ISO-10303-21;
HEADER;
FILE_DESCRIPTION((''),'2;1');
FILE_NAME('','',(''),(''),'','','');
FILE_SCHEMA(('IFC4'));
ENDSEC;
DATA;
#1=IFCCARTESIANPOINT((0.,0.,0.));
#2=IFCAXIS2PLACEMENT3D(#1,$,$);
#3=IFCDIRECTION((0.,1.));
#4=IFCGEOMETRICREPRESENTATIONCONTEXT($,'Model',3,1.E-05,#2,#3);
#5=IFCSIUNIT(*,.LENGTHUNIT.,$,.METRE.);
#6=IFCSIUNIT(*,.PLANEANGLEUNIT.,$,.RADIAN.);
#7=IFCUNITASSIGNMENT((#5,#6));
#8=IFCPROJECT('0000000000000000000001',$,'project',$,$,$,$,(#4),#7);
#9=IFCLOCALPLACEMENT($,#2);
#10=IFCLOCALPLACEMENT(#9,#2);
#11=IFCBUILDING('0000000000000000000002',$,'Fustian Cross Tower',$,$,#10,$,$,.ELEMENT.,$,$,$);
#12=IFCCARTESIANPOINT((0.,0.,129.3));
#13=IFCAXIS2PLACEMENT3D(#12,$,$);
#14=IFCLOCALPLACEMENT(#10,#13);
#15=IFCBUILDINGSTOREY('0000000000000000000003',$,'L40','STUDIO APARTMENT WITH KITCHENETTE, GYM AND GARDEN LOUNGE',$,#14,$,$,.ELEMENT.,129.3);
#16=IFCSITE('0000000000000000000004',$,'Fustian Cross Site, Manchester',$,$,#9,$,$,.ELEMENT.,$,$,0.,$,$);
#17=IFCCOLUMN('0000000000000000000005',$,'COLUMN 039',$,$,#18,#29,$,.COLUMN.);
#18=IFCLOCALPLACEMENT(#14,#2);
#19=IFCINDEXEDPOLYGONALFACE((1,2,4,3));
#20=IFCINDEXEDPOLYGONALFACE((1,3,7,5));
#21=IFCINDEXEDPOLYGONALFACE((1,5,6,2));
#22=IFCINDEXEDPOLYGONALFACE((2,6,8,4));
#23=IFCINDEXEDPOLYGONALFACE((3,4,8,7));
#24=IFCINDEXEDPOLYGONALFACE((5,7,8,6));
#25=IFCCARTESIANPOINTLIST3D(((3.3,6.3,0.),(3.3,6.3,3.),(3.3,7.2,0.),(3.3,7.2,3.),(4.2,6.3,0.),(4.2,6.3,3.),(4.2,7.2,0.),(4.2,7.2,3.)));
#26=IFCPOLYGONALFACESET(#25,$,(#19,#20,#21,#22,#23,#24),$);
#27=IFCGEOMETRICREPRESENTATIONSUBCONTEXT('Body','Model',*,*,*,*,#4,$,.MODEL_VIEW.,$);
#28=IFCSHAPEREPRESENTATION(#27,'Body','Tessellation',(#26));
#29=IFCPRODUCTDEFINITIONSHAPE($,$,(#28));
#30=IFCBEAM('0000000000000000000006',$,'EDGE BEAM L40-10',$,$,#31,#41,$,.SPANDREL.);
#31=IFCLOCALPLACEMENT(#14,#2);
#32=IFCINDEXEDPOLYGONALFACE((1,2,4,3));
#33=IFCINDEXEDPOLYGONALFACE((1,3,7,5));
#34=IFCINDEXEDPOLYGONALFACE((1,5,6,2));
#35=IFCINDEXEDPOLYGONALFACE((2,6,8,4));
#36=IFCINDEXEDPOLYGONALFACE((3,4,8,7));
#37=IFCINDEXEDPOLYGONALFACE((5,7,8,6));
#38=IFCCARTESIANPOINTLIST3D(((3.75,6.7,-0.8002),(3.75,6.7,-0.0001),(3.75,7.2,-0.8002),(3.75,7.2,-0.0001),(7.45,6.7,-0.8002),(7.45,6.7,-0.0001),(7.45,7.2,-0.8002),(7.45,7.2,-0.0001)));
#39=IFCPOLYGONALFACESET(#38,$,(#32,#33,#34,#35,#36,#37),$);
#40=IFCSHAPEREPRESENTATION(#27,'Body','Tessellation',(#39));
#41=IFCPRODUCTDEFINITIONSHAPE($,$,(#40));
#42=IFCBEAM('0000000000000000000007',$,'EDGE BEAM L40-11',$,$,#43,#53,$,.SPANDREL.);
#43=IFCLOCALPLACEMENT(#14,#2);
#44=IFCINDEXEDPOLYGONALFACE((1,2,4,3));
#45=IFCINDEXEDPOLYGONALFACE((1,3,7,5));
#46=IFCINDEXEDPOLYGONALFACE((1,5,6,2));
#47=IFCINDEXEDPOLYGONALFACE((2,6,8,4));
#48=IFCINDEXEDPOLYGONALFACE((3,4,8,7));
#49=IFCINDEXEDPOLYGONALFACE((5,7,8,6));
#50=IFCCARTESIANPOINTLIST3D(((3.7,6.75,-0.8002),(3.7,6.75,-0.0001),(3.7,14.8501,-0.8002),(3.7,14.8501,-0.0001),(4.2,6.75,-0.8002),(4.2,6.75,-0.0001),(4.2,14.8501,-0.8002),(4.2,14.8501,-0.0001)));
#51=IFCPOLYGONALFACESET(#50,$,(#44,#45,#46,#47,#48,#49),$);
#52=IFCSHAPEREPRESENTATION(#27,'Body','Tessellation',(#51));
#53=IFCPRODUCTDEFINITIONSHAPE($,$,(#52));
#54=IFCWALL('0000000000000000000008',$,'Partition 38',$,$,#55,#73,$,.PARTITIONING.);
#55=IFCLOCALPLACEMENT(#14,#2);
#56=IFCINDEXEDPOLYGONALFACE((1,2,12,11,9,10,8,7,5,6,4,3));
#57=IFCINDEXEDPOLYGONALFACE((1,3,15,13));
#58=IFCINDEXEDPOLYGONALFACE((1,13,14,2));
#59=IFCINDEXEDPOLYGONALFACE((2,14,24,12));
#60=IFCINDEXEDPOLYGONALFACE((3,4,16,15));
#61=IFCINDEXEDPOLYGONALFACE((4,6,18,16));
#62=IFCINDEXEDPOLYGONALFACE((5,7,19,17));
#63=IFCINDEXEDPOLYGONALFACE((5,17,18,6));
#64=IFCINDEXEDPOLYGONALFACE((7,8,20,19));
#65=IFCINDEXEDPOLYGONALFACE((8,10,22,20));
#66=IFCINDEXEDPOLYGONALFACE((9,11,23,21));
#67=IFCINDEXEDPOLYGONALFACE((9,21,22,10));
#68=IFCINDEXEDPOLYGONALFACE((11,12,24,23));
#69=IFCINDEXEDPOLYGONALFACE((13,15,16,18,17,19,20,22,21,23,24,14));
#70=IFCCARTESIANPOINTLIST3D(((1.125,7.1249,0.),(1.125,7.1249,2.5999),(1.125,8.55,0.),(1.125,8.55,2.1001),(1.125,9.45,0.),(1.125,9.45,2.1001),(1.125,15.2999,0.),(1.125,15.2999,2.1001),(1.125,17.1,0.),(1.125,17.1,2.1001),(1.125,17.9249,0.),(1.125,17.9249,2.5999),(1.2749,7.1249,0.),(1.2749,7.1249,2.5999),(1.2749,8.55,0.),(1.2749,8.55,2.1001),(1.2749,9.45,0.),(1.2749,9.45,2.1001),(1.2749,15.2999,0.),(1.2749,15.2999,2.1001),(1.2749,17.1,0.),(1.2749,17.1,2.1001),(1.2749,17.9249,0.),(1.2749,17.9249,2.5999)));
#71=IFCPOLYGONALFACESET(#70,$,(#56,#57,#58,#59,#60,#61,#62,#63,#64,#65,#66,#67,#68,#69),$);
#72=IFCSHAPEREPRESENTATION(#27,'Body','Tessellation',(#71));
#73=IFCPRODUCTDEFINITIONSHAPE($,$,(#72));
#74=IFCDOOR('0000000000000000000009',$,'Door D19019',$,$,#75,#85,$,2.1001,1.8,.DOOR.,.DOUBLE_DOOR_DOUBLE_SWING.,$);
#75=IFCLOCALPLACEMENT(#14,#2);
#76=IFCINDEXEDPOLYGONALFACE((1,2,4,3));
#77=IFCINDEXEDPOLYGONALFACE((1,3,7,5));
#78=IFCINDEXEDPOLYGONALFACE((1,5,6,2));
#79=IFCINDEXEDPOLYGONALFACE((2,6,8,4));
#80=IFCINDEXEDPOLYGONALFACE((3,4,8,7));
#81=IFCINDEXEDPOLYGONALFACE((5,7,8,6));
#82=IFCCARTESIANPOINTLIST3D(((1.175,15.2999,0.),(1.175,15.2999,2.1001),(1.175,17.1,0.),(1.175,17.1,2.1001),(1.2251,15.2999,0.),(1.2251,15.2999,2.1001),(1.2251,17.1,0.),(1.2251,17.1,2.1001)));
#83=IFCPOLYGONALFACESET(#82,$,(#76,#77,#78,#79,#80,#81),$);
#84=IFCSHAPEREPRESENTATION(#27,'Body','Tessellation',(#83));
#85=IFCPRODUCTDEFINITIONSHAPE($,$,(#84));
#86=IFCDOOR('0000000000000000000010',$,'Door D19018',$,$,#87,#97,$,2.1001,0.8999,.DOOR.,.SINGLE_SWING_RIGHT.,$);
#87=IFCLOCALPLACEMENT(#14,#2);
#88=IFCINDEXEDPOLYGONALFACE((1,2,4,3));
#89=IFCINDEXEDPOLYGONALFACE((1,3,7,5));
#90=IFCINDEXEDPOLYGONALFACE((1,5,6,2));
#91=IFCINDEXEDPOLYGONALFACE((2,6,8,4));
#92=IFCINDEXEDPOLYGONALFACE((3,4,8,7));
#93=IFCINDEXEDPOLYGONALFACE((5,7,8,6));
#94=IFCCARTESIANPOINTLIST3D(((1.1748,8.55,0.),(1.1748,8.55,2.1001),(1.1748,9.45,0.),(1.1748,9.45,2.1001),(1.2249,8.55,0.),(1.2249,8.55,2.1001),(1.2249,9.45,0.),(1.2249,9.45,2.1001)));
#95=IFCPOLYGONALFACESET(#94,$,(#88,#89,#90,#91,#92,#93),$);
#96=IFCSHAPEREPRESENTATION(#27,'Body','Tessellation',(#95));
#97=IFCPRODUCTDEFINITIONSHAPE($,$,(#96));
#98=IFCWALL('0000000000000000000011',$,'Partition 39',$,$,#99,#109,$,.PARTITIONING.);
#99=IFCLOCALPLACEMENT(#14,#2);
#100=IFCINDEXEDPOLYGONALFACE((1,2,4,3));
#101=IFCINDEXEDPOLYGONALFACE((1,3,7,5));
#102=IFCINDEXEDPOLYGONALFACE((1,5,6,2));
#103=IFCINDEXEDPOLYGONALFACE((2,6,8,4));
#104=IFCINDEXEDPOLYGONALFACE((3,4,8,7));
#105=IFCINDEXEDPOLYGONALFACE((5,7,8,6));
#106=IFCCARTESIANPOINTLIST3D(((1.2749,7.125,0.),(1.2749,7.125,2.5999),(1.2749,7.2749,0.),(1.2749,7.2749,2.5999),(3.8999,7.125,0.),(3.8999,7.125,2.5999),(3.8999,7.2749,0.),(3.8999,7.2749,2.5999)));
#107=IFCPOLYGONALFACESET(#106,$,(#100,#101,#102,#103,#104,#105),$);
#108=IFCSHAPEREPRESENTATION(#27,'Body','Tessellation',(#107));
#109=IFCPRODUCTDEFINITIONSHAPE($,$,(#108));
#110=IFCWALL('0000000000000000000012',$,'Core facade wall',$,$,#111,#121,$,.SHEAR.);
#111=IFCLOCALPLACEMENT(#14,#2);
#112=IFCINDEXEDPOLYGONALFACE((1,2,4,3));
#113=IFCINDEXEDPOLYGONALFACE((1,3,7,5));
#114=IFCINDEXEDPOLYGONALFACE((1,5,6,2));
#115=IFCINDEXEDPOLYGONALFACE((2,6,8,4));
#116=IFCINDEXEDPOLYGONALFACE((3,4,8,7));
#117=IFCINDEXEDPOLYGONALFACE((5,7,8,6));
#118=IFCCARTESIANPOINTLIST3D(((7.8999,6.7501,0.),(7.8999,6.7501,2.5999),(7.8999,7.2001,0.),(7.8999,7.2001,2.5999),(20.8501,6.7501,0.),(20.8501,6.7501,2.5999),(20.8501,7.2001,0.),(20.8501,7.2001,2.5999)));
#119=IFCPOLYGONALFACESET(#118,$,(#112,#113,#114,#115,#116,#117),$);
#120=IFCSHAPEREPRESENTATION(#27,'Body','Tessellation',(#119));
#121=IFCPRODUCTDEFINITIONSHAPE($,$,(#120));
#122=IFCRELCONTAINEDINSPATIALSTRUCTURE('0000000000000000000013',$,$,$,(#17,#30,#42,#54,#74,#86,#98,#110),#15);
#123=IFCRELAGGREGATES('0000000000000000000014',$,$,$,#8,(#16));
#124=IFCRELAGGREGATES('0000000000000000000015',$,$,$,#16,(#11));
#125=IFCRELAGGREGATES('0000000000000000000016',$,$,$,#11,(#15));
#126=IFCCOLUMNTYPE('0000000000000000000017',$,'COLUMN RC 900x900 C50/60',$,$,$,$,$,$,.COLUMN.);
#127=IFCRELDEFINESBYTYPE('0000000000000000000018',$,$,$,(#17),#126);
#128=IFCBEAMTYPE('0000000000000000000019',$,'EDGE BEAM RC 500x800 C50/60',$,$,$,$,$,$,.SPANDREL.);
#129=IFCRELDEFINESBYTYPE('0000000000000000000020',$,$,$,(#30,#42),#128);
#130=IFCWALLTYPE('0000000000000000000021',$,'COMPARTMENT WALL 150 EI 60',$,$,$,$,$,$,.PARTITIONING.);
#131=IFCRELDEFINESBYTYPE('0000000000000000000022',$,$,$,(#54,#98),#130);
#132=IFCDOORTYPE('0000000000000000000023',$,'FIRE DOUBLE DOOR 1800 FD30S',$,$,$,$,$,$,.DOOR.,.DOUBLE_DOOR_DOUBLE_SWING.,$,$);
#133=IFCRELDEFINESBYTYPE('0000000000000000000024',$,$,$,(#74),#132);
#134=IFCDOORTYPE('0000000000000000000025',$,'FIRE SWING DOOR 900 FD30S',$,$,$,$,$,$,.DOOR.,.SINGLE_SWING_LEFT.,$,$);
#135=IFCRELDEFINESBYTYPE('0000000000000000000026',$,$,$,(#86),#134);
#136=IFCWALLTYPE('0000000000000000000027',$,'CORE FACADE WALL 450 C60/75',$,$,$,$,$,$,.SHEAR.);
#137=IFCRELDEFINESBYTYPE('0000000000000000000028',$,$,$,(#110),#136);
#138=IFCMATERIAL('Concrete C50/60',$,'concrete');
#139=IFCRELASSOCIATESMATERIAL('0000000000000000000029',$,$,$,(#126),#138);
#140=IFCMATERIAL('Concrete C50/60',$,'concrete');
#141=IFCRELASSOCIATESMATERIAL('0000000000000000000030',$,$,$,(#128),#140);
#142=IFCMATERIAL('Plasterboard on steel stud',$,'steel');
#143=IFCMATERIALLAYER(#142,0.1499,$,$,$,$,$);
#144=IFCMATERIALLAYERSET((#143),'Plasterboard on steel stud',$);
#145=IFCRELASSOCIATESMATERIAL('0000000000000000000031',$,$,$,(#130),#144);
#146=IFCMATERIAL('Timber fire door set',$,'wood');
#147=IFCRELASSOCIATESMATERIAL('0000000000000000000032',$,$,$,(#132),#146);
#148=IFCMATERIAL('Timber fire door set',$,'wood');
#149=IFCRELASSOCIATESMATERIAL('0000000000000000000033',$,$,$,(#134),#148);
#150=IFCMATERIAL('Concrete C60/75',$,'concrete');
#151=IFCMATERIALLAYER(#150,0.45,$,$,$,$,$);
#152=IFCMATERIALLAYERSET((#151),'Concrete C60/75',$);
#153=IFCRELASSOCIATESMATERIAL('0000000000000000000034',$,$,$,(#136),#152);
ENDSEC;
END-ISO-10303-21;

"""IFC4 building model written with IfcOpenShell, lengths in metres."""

from ifc_helpers import new_model, si_unit, direction, frame, frame_2d, origin, origin_2d, place, context, subcontext, project, spatial, rectangle, extrude, material, layer, layer_set, material_profile, profile_set, type_object, element, fill, save


model = new_model("IFC4")

# Units and contexts
model_context = context("Model", 3, precision=1e-05, world=origin(), true_north=direction((0.0, 1.0)))
body_context = subcontext(model_context, "Body", "Model", "MODEL_VIEW")
ifc_project = project(units=[si_unit("LENGTHUNIT", "METRE"), si_unit("PLANEANGLEUNIT", "RADIAN")], contexts=[model_context])

# Site, building, storey
site_placement = place(None, origin())
site = spatial("IfcSite", under=ifc_project, at=site_placement, Name="Fustian Cross Site, Manchester", CompositionType="ELEMENT", RefElevation=0.0)
building_placement = place(site_placement, origin())
building = spatial("IfcBuilding", under=site, at=building_placement, Name="Fustian Cross Tower", CompositionType="ELEMENT")
storey_placement = place(building_placement, frame((0.0, 0.0, 129.3)))
storey = spatial("IfcBuildingStorey", under=building, at=storey_placement, Name="L40", Description="STUDIO APARTMENT WITH KITCHENETTE, GYM AND GARDEN LOUNGE", CompositionType="ELEMENT", Elevation=129.3)

# Column
ifc_material_1 = material(Name="Concrete C50/60", Category="concrete")
ifc_material_profile_1 = material_profile(ifc_material_1, rectangle(XDim=0.8999, YDim=0.8999, at=origin_2d()), Name="RC 900x900")
ifc_profile_set_1 = profile_set([ifc_material_profile_1], Name="Concrete C50/60")
column_type = type_object("IfcColumnType", Name="COLUMN RC 900x900 C50/60", PredefinedType="COLUMN", material=ifc_profile_set_1)
column_placement = place(storey_placement, frame((3.75, 6.75, 0.0), z_axis=(0.0, 0.0, 1.0), x_axis=(1.0, 0.0, 0.0)))
element("IfcColumn", 1, at=column_placement, inside=storey, type_object=column_type, Name="COLUMN 039", PredefinedType="COLUMN", context=body_context, shape_type="SweptSolid", body=[
    extrude(rectangle(XDim=0.8999, YDim=0.8999, at=origin_2d()), origin(), (0.0, 0.0, 1.0), 3.0),
])

# Beams
ifc_material_2 = material(Name="Concrete C50/60", Category="concrete")
ifc_material_profile_2 = material_profile(ifc_material_2, rectangle(XDim=0.5, YDim=0.8, at=origin_2d()), Name="RC 500x800")
ifc_profile_set_2 = profile_set([ifc_material_profile_2], Name="Concrete C50/60")
beam_type = type_object("IfcBeamType", Name="EDGE BEAM RC 500x800 C50/60", PredefinedType="SPANDREL", material=ifc_profile_set_2)
beam_1_placement = place(storey_placement, frame((7.45, 6.95, -0.4001), z_axis=(-1.0, 0.0, 0.0), x_axis=(0.0, -1.0, 0.0)))
element("IfcBeam", 2, at=beam_1_placement, inside=storey, type_object=beam_type, Name="EDGE BEAM L40-10", PredefinedType="SPANDREL", context=body_context, shape_type="SweptSolid", body=[
    extrude(rectangle(XDim=0.5, YDim=0.8, at=origin_2d()), origin(), (0.0, 0.0, 1.0), 3.7),
])
beam_2_placement = place(storey_placement, frame((3.95, 6.75, -0.4001), z_axis=(0.0, 1.0, 0.0), x_axis=(-1.0, 0.0, 0.0)))
element("IfcBeam", 3, at=beam_2_placement, inside=storey, type_object=beam_type, Name="EDGE BEAM L40-11", PredefinedType="SPANDREL", context=body_context, shape_type="SweptSolid", body=[
    extrude(rectangle(XDim=0.5, YDim=0.8, at=origin_2d()), origin(), (0.0, 0.0, 1.0), 8.1001),
])

# Wall, openings, doors
ifc_material_3 = material(Name="Plasterboard on steel stud", Category="steel")
ifc_layer_1 = layer(ifc_material_3, 0.1499)
ifc_layer_set_1 = layer_set([ifc_layer_1], Name="Plasterboard on steel stud")
wall_type_1 = type_object("IfcWallType", Name="COMPARTMENT WALL 150 EI 60", PredefinedType="PARTITIONING", material=ifc_layer_set_1)
wall_1_placement = place(storey_placement, frame((1.2, 7.125, 0.0), z_axis=(0.0, 0.0, 1.0), x_axis=(0.0, 1.0, 0.0)))
wall_1 = element("IfcWall", 4, at=wall_1_placement, inside=storey, type_object=wall_type_1, Name="Partition 38", PredefinedType="PARTITIONING", context=body_context, shape_type="SweptSolid", body=[
    extrude(rectangle(XDim=10.8, YDim=0.1499, at=frame_2d((5.3999, 0.0))), origin(), (0.0, 0.0, 1.0), 2.5999),
])
opening_1_placement = place(wall_1_placement, frame((1.425, 0.0, 0.0)))
opening_1 = element("IfcOpeningElement", 5, at=opening_1_placement, cuts=wall_1, PredefinedType="OPENING", context=body_context, shape_type="SweptSolid", body=[
    extrude(rectangle(XDim=0.8999, YDim=2.1001, at=frame_2d((0.45, 1.05))), frame((0.0, 0.085, 0.0), z_axis=(0.0, -1.0, 0.0), x_axis=(1.0, 0.0, 0.0)), (0.0, 0.0, 1.0), 0.1699),
])
opening_2_placement = place(wall_1_placement, frame((8.175, 0.0, 0.0)))
opening_2 = element("IfcOpeningElement", 6, at=opening_2_placement, cuts=wall_1, PredefinedType="OPENING", context=body_context, shape_type="SweptSolid", body=[
    extrude(rectangle(XDim=1.8, YDim=2.1001, at=frame_2d((0.8999, 1.05))), frame((0.0, 0.085, 0.0), z_axis=(0.0, -1.0, 0.0), x_axis=(1.0, 0.0, 0.0)), (0.0, 0.0, 1.0), 0.1699),
])
ifc_material_4 = material(Name="Timber fire door set", Category="wood")
door_type_1 = type_object("IfcDoorType", Name="FIRE DOUBLE DOOR 1800 FD30S", OperationType="DOUBLE_DOOR_DOUBLE_SWING", PredefinedType="DOOR", material=ifc_material_4)
door_1_placement = place(opening_2_placement, origin())
door_1 = element("IfcDoor", 7, at=door_1_placement, inside=storey, type_object=door_type_1, Name="Door D19019", OperationType="DOUBLE_DOOR_DOUBLE_SWING", OverallHeight=2.1001, OverallWidth=1.8, PredefinedType="DOOR", context=body_context, shape_type="SweptSolid", body=[
    extrude(rectangle(XDim=1.8, YDim=2.1001, at=frame_2d((0.8999, 1.05))), frame((0.0, 0.0249, 0.0), z_axis=(0.0, -1.0, 0.0), x_axis=(1.0, 0.0, 0.0)), (0.0, 0.0, 1.0), 0.05),
])
fill(opening_2, door_1)
ifc_material_5 = material(Name="Timber fire door set", Category="wood")
door_type_2 = type_object("IfcDoorType", Name="FIRE SWING DOOR 900 FD30S", OperationType="SINGLE_SWING_LEFT", PredefinedType="DOOR", material=ifc_material_5)
door_2_placement = place(opening_1_placement, frame((0.8999, 0.0, 0.0), z_axis=(0.0, 0.0, 1.0), x_axis=(-1.0, 0.0, 0.0)))
door_2 = element("IfcDoor", 8, at=door_2_placement, inside=storey, type_object=door_type_2, Name="Door D19018", OperationType="SINGLE_SWING_RIGHT", OverallHeight=2.1001, OverallWidth=0.8999, PredefinedType="DOOR", context=body_context, shape_type="SweptSolid", body=[
    extrude(rectangle(XDim=0.8999, YDim=2.1001, at=frame_2d((0.45, 1.05))), frame((0.0, 0.0249, 0.0), z_axis=(0.0, -1.0, 0.0), x_axis=(1.0, 0.0, 0.0)), (0.0, 0.0, 1.0), 0.05),
])
fill(opening_1, door_2)

# Walls
wall_2_placement = place(storey_placement, frame((1.2749, 7.2, 0.0), z_axis=(0.0, 0.0, 1.0), x_axis=(1.0, 0.0, 0.0)))
element("IfcWall", 9, at=wall_2_placement, inside=storey, type_object=wall_type_1, Name="Partition 39", PredefinedType="PARTITIONING", context=body_context, shape_type="SweptSolid", body=[
    extrude(rectangle(XDim=2.625, YDim=0.1499, at=frame_2d((1.3125, 0.0))), origin(), (0.0, 0.0, 1.0), 2.5999),
])
ifc_material_6 = material(Name="Concrete C60/75", Category="concrete")
ifc_layer_2 = layer(ifc_material_6, 0.45)
ifc_layer_set_2 = layer_set([ifc_layer_2], Name="Concrete C60/75")
wall_type_2 = type_object("IfcWallType", Name="CORE FACADE WALL 450 C60/75", PredefinedType="SHEAR", material=ifc_layer_set_2)
wall_3_placement = place(storey_placement, frame((7.8999, 6.9751, 0.0), z_axis=(0.0, 0.0, 1.0), x_axis=(1.0, 0.0, 0.0)))
element("IfcWall", 10, at=wall_3_placement, inside=storey, type_object=wall_type_2, Name="Core facade wall", PredefinedType="SHEAR", context=body_context, shape_type="SweptSolid", body=[
    extrude(rectangle(XDim=12.9502, YDim=0.45, at=frame_2d((6.4751, 0.0))), origin(), (0.0, 0.0, 1.0), 2.5999),
])

save(model, "model.ifc")
